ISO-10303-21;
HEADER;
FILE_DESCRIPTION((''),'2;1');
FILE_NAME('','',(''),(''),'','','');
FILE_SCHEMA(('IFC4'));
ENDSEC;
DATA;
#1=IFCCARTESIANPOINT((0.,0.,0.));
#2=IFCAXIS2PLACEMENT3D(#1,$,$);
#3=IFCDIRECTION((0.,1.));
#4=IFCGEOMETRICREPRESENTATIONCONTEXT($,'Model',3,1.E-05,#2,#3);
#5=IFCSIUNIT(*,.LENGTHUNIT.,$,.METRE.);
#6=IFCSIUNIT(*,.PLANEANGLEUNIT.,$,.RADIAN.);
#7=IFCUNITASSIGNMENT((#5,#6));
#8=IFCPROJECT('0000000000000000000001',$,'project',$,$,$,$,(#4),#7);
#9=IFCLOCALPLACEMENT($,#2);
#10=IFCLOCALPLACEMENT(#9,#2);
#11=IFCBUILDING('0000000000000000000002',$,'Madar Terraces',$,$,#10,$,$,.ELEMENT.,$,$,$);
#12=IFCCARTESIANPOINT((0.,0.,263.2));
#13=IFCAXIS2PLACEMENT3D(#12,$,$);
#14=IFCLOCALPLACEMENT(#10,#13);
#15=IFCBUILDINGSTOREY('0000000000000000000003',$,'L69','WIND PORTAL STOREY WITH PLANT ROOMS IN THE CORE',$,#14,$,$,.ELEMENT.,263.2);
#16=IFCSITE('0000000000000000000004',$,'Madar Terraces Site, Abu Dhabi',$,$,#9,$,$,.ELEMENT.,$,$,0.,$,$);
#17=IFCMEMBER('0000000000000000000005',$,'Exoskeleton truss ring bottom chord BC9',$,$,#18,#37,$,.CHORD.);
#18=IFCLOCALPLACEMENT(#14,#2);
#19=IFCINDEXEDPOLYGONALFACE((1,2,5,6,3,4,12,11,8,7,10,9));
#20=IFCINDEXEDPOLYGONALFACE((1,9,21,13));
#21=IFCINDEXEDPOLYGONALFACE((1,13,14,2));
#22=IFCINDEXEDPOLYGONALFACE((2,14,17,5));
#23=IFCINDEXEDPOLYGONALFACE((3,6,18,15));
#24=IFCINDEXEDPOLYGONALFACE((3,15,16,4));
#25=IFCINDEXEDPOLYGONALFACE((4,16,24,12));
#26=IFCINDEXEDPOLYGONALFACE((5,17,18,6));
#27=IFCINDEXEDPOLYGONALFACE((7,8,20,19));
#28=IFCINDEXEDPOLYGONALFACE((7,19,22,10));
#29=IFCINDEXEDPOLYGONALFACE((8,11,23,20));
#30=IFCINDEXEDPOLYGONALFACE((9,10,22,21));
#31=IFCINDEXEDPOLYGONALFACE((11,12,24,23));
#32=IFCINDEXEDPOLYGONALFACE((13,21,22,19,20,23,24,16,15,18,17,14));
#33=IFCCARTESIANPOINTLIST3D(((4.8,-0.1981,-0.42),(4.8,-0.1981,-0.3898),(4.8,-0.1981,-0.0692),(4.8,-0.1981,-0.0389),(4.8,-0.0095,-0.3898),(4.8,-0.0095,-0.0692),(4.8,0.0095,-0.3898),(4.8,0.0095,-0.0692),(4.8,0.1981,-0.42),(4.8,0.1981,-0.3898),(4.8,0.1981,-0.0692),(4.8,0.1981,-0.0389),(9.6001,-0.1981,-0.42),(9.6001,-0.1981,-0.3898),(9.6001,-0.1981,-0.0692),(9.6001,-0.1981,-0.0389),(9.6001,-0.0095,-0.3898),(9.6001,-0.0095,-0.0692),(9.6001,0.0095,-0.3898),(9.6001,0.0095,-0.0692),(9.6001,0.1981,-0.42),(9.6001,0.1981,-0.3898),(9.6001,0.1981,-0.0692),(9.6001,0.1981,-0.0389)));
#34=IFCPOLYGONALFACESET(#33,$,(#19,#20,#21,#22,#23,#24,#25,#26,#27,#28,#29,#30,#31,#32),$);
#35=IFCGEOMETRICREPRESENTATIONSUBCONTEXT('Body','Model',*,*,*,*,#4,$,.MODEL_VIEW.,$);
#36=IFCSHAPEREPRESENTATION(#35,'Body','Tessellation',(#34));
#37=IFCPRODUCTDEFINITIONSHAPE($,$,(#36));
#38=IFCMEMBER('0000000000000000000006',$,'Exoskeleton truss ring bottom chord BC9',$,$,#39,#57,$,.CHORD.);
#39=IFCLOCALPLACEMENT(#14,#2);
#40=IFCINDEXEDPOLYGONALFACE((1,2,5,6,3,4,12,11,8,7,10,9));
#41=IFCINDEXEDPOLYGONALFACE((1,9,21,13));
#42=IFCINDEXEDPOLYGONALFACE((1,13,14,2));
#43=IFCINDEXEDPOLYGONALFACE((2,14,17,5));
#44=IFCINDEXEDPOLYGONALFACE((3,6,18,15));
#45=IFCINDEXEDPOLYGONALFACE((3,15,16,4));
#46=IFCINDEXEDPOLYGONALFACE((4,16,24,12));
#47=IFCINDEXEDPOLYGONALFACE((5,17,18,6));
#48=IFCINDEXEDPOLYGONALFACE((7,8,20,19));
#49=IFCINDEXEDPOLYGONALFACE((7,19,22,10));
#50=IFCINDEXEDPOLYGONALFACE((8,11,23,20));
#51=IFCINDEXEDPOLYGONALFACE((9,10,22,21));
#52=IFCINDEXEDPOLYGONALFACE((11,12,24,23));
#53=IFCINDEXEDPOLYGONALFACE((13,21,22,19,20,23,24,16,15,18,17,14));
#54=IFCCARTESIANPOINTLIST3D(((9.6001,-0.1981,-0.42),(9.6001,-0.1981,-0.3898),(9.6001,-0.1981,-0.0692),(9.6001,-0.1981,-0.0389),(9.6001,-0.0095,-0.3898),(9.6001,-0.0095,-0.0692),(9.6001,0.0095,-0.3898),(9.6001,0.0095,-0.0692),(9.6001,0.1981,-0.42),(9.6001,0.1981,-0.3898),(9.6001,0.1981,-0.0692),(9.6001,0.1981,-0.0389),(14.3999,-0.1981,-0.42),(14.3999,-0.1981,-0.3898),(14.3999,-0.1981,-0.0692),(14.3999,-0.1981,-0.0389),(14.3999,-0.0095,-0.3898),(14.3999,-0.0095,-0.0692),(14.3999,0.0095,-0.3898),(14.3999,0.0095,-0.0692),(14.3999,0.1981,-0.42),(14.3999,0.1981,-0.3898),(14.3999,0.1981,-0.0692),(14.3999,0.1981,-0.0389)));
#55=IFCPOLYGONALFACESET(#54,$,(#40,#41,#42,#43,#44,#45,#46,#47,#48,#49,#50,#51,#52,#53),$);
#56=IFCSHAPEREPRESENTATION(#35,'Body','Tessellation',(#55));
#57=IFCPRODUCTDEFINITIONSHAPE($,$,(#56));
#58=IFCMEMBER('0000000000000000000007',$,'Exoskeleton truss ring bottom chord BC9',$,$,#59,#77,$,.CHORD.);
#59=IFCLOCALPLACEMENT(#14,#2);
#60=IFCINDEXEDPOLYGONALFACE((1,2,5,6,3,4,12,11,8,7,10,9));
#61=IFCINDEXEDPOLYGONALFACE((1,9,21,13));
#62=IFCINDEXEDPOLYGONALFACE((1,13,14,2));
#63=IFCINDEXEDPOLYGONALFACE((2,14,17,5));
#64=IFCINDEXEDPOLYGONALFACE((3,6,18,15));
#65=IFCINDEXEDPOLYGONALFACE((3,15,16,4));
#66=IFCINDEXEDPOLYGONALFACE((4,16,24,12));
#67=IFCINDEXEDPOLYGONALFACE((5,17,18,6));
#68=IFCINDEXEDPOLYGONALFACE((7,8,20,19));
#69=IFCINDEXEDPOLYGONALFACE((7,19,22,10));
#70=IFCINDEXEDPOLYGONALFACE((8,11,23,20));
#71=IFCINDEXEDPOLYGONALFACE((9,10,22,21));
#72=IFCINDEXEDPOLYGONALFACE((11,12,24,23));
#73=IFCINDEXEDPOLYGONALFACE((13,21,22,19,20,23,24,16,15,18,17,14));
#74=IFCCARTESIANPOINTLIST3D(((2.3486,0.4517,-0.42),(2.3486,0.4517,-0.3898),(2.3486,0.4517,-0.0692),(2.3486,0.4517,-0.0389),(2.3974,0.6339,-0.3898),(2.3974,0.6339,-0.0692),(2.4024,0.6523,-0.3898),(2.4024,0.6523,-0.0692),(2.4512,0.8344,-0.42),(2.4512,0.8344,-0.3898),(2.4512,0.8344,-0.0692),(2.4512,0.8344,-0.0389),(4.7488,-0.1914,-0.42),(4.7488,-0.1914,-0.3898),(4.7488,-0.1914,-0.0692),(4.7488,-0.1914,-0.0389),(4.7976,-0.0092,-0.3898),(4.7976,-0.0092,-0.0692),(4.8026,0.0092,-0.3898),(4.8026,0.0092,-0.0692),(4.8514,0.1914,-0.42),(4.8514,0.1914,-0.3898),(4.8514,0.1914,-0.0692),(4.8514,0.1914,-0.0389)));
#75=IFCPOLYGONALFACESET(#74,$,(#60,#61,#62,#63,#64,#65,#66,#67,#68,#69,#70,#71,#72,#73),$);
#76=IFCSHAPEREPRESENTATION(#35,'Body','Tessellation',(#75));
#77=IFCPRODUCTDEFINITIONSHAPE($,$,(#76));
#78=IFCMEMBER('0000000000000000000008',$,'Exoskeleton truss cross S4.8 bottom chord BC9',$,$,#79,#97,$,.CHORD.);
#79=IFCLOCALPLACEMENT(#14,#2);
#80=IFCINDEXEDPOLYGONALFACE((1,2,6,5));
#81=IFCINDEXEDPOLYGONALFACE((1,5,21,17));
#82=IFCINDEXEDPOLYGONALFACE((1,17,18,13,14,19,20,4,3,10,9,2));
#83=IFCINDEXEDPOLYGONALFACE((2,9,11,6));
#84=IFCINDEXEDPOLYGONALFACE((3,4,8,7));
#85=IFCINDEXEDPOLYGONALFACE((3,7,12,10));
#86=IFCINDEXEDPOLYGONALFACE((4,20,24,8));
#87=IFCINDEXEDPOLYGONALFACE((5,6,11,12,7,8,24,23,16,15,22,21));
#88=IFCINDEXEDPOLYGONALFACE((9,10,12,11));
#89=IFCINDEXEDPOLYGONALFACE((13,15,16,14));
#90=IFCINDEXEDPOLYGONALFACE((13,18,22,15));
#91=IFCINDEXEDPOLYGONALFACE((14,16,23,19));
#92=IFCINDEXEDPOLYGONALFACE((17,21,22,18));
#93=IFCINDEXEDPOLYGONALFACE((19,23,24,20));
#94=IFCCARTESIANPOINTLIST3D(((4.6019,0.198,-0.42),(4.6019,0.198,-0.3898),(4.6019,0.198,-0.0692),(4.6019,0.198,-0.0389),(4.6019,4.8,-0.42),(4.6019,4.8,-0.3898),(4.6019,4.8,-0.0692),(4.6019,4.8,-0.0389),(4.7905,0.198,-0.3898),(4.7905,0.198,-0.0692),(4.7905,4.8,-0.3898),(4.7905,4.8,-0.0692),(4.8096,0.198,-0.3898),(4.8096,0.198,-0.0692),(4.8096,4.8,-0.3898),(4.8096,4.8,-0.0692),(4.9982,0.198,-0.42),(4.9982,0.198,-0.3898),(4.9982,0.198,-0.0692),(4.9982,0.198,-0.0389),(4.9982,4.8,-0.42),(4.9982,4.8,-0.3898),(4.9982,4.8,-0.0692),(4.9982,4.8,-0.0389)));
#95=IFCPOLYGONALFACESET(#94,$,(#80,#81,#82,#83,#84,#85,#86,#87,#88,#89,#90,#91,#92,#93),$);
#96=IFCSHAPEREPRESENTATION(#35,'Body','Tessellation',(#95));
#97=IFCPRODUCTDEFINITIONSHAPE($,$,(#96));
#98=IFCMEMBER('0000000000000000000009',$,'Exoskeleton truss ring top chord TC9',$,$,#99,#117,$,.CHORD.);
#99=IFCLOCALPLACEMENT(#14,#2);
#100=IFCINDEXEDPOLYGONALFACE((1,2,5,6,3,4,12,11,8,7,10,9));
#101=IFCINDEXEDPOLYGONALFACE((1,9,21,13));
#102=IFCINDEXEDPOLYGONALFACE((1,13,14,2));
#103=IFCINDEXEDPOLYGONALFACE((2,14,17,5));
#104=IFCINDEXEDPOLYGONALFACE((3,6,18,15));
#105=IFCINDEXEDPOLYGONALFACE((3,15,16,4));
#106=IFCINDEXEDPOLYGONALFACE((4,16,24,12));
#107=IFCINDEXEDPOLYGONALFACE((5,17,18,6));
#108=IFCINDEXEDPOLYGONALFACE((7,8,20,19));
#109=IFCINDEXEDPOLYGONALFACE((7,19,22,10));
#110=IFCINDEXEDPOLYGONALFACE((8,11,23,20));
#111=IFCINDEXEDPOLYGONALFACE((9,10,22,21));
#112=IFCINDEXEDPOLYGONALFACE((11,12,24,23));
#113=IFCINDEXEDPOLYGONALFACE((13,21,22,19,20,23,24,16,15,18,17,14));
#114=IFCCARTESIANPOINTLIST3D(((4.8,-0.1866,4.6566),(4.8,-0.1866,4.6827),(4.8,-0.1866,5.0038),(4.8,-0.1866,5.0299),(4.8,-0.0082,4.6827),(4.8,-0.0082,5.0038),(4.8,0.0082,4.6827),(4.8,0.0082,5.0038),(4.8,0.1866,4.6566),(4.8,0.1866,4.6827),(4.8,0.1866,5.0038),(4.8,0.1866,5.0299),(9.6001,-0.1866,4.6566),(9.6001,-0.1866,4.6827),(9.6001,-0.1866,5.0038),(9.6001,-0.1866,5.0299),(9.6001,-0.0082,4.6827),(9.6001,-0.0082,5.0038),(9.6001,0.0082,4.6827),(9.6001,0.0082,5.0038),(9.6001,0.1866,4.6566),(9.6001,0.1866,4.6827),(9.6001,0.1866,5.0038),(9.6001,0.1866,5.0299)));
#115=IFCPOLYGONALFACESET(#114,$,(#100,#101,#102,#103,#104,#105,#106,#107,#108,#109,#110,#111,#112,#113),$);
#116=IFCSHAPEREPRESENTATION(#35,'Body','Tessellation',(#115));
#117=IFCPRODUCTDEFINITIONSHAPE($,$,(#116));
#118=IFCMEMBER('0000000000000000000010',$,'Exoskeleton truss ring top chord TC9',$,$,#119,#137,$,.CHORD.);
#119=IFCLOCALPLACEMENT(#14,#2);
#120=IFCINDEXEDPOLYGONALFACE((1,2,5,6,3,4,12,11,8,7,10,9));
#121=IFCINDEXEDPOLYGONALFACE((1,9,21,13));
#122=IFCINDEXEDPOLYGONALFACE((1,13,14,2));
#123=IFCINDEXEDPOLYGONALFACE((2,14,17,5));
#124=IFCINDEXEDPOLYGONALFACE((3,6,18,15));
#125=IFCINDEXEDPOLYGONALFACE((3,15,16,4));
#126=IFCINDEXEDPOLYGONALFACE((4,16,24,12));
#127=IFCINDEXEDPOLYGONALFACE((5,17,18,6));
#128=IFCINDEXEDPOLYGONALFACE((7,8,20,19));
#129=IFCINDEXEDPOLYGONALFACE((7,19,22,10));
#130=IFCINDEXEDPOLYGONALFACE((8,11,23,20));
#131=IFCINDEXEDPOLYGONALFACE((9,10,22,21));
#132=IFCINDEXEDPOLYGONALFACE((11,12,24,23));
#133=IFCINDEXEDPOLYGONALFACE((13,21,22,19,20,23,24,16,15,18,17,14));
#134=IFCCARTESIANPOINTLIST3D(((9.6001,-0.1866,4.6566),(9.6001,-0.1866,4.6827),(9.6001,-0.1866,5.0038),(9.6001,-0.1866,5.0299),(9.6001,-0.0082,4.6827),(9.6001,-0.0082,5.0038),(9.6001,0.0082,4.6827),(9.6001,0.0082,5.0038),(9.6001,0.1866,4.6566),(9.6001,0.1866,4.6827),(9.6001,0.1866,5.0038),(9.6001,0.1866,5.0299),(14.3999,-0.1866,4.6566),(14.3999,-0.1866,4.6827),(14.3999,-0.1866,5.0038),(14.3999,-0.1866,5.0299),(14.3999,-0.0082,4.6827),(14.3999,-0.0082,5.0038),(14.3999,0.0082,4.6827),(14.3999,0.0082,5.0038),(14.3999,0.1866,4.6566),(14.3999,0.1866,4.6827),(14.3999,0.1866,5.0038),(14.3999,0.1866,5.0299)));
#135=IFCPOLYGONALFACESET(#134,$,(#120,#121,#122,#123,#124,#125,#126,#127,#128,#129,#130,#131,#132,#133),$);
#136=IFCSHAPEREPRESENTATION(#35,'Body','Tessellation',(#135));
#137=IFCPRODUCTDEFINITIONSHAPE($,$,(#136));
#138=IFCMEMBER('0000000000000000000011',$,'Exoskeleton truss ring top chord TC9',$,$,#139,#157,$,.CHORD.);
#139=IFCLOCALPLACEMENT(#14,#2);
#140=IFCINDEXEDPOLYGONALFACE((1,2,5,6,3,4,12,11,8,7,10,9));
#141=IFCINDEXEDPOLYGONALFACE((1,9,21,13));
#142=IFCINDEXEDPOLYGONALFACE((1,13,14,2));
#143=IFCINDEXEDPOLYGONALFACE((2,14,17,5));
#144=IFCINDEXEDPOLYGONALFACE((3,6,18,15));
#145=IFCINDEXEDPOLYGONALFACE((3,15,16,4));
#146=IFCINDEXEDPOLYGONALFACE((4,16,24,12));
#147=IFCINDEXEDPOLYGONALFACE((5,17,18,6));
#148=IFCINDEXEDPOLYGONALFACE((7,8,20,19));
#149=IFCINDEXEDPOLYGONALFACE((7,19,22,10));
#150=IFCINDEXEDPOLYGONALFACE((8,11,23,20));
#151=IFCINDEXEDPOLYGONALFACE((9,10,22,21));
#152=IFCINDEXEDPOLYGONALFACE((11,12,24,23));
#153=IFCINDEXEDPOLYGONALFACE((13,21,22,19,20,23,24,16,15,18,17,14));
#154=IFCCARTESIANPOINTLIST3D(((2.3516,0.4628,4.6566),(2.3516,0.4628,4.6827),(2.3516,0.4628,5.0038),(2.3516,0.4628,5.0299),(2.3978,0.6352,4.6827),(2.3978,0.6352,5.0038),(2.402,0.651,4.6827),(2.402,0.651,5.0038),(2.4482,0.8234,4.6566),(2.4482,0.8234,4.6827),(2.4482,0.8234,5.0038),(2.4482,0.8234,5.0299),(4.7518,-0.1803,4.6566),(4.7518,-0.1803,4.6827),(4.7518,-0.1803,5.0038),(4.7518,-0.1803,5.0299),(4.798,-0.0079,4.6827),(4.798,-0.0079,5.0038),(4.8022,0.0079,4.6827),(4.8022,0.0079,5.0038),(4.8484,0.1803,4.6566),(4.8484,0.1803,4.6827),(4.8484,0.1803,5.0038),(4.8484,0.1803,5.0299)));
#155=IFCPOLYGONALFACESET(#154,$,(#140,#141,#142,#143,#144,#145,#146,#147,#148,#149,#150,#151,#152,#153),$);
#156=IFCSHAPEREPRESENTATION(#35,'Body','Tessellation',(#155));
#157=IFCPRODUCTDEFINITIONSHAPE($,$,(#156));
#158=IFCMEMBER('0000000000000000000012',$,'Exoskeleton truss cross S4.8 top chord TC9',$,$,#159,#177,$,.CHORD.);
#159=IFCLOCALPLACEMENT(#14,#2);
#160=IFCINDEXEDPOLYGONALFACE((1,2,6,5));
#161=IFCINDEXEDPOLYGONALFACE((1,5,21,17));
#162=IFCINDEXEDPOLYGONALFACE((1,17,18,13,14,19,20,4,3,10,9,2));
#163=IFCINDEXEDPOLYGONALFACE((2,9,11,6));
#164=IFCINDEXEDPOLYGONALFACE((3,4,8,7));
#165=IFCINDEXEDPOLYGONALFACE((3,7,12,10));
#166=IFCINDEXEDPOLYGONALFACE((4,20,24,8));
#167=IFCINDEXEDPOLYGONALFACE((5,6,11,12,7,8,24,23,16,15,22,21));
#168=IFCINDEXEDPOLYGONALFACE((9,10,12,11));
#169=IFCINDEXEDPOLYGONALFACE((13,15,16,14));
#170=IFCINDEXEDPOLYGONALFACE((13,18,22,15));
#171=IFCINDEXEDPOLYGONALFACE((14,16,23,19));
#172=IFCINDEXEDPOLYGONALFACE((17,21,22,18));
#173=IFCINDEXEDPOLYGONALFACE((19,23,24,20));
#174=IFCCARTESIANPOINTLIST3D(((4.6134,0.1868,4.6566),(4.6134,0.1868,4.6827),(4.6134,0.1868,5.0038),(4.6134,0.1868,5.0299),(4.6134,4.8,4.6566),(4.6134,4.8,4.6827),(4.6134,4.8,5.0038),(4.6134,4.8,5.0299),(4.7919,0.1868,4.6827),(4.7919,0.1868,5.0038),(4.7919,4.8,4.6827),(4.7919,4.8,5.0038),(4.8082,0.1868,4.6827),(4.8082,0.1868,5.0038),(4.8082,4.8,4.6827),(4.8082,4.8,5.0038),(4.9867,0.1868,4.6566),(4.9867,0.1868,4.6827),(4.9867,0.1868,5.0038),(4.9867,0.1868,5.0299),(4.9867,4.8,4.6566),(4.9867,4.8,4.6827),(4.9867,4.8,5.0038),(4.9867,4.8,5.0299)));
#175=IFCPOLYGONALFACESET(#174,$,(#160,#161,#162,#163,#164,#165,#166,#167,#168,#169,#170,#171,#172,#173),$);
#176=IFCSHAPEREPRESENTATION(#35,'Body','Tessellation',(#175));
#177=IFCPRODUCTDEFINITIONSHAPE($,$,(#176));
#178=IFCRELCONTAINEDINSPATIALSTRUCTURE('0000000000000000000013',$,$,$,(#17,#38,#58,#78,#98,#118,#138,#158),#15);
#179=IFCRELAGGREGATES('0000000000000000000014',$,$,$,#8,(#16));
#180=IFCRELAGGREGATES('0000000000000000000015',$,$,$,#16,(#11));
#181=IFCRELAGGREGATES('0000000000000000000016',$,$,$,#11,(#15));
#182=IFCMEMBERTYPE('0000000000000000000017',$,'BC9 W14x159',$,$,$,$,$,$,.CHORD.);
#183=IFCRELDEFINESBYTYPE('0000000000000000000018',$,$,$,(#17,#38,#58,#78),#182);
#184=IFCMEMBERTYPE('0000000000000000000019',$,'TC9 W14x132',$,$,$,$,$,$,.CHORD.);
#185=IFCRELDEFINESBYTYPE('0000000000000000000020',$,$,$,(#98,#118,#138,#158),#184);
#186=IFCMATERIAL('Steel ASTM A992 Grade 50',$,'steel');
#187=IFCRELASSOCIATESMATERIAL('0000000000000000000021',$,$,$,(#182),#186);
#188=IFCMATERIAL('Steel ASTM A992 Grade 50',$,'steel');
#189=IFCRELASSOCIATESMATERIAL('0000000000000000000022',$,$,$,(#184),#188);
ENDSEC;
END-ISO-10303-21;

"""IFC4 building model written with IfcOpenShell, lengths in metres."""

from ifc_helpers import new_model, si_unit, direction, frame, origin, origin_2d, place, context, subcontext, project, spatial, i_section, extrude, material, material_profile, profile_set, type_object, element, save


model = new_model("IFC4")

# Units and contexts
model_context = context("Model", 3, precision=1e-05, world=origin(), true_north=direction((0.0, 1.0)))
body_context = subcontext(model_context, "Body", "Model", "MODEL_VIEW")
ifc_project = project(units=[si_unit("LENGTHUNIT", "METRE"), si_unit("PLANEANGLEUNIT", "RADIAN")], contexts=[model_context])

# Site, building, storey
site_placement = place(None, origin())
site = spatial("IfcSite", under=ifc_project, at=site_placement, Name="Madar Terraces Site, Abu Dhabi", CompositionType="ELEMENT", RefElevation=0.0)
building_placement = place(site_placement, origin())
building = spatial("IfcBuilding", under=site, at=building_placement, Name="Madar Terraces", CompositionType="ELEMENT")
storey_placement = place(building_placement, frame((0.0, 0.0, 263.2)))
storey = spatial("IfcBuildingStorey", under=building, at=storey_placement, Name="L69", Description="WIND PORTAL STOREY WITH PLANT ROOMS IN THE CORE", CompositionType="ELEMENT", Elevation=263.2)

# Members
ifc_material_1 = material(Name="Steel ASTM A992 Grade 50", Category="steel")
ifc_material_profile_1 = material_profile(ifc_material_1, i_section(OverallWidth=0.3962, OverallDepth=0.3811, WebThickness=0.019, FlangeThickness=0.0303, at=origin_2d()), Name="W14x159")
ifc_profile_set_1 = profile_set([ifc_material_profile_1], Name="Steel ASTM A992 Grade 50")
member_type_1 = type_object("IfcMemberType", Name="BC9 W14x159", PredefinedType="CHORD", material=ifc_profile_set_1)
member_1_placement = place(storey_placement, frame((4.8, 0.0, -0.2295), z_axis=(1.0, 0.0, 0.0), x_axis=(0.0, 1.0, 0.0)))
element("IfcMember", 1, at=member_1_placement, inside=storey, type_object=member_type_1, Name="Exoskeleton truss ring bottom chord BC9", PredefinedType="CHORD", context=body_context, shape_type="SweptSolid", body=[
    extrude(i_section(OverallWidth=0.3962, OverallDepth=0.3811, WebThickness=0.019, FlangeThickness=0.0303, at=origin_2d()), origin(), (0.0, 0.0, 1.0), 4.8),
])
member_2_placement = place(storey_placement, frame((9.6001, 0.0, -0.2295), z_axis=(1.0, 0.0, 0.0), x_axis=(0.0, 1.0, 0.0)))
element("IfcMember", 2, at=member_2_placement, inside=storey, type_object=member_type_1, Name="Exoskeleton truss ring bottom chord BC9", PredefinedType="CHORD", context=body_context, shape_type="SweptSolid", body=[
    extrude(i_section(OverallWidth=0.3962, OverallDepth=0.3811, WebThickness=0.019, FlangeThickness=0.0303, at=origin_2d()), origin(), (0.0, 0.0, 1.0), 4.7998),
])
member_3_placement = place(storey_placement, frame((2.3999, 0.6431, -0.2295), z_axis=(0.965931, -0.2588, 0.0), x_axis=(0.2588, 0.965931, 0.0)))
element("IfcMember", 3, at=member_3_placement, inside=storey, type_object=member_type_1, Name="Exoskeleton truss ring bottom chord BC9", PredefinedType="CHORD", context=body_context, shape_type="SweptSolid", body=[
    extrude(i_section(OverallWidth=0.3962, OverallDepth=0.3811, WebThickness=0.019, FlangeThickness=0.0303, at=origin_2d()), origin(), (0.0, 0.0, 1.0), 2.4849),
])
member_4_placement = place(storey_placement, frame((4.8, 0.198, -0.2295), z_axis=(0.0, 1.0, 0.0), x_axis=(-1.0, 0.0, 0.0)))
element("IfcMember", 4, at=member_4_placement, inside=storey, type_object=member_type_1, Name="Exoskeleton truss cross S4.8 bottom chord BC9", PredefinedType="CHORD", context=body_context, shape_type="SweptSolid", body=[
    extrude(i_section(OverallWidth=0.3962, OverallDepth=0.3811, WebThickness=0.019, FlangeThickness=0.0303, at=origin_2d()), origin(), (0.0, 0.0, 1.0), 4.6021),
])
ifc_material_2 = material(Name="Steel ASTM A992 Grade 50", Category="steel")
ifc_material_profile_2 = material_profile(ifc_material_2, i_section(OverallWidth=0.3733, OverallDepth=0.3733, WebThickness=0.0164, FlangeThickness=0.0261, at=origin_2d()), Name="W14x132")
ifc_profile_set_2 = profile_set([ifc_material_profile_2], Name="Steel ASTM A992 Grade 50")
member_type_2 = type_object("IfcMemberType", Name="TC9 W14x132", PredefinedType="CHORD", material=ifc_profile_set_2)
member_5_placement = place(storey_placement, frame((4.8, 0.0, 4.8433), z_axis=(1.0, 0.0, 0.0), x_axis=(0.0, 1.0, 0.0)))
element("IfcMember", 5, at=member_5_placement, inside=storey, type_object=member_type_2, Name="Exoskeleton truss ring top chord TC9", PredefinedType="CHORD", context=body_context, shape_type="SweptSolid", body=[
    extrude(i_section(OverallWidth=0.3733, OverallDepth=0.3733, WebThickness=0.0164, FlangeThickness=0.0261, at=origin_2d()), origin(), (0.0, 0.0, 1.0), 4.8),
])
member_6_placement = place(storey_placement, frame((9.6001, 0.0, 4.8433), z_axis=(1.0, 0.0, 0.0), x_axis=(0.0, 1.0, 0.0)))
element("IfcMember", 6, at=member_6_placement, inside=storey, type_object=member_type_2, Name="Exoskeleton truss ring top chord TC9", PredefinedType="CHORD", context=body_context, shape_type="SweptSolid", body=[
    extrude(i_section(OverallWidth=0.3733, OverallDepth=0.3733, WebThickness=0.0164, FlangeThickness=0.0261, at=origin_2d()), origin(), (0.0, 0.0, 1.0), 4.7998),
])
member_7_placement = place(storey_placement, frame((2.3999, 0.6431, 4.8433), z_axis=(0.965931, -0.2588, 0.0), x_axis=(0.2588, 0.965931, 0.0)))
element("IfcMember", 7, at=member_7_placement, inside=storey, type_object=member_type_2, Name="Exoskeleton truss ring top chord TC9", PredefinedType="CHORD", context=body_context, shape_type="SweptSolid", body=[
    extrude(i_section(OverallWidth=0.3733, OverallDepth=0.3733, WebThickness=0.0164, FlangeThickness=0.0261, at=origin_2d()), origin(), (0.0, 0.0, 1.0), 2.4849),
])
member_8_placement = place(storey_placement, frame((4.8, 0.1868, 4.8433), z_axis=(0.0, 1.0, 0.0), x_axis=(-1.0, 0.0, 0.0)))
element("IfcMember", 8, at=member_8_placement, inside=storey, type_object=member_type_2, Name="Exoskeleton truss cross S4.8 top chord TC9", PredefinedType="CHORD", context=body_context, shape_type="SweptSolid", body=[
    extrude(i_section(OverallWidth=0.3733, OverallDepth=0.3733, WebThickness=0.0164, FlangeThickness=0.0261, at=origin_2d()), origin(), (0.0, 0.0, 1.0), 4.6133),
])

save(model, "model.ifc")
